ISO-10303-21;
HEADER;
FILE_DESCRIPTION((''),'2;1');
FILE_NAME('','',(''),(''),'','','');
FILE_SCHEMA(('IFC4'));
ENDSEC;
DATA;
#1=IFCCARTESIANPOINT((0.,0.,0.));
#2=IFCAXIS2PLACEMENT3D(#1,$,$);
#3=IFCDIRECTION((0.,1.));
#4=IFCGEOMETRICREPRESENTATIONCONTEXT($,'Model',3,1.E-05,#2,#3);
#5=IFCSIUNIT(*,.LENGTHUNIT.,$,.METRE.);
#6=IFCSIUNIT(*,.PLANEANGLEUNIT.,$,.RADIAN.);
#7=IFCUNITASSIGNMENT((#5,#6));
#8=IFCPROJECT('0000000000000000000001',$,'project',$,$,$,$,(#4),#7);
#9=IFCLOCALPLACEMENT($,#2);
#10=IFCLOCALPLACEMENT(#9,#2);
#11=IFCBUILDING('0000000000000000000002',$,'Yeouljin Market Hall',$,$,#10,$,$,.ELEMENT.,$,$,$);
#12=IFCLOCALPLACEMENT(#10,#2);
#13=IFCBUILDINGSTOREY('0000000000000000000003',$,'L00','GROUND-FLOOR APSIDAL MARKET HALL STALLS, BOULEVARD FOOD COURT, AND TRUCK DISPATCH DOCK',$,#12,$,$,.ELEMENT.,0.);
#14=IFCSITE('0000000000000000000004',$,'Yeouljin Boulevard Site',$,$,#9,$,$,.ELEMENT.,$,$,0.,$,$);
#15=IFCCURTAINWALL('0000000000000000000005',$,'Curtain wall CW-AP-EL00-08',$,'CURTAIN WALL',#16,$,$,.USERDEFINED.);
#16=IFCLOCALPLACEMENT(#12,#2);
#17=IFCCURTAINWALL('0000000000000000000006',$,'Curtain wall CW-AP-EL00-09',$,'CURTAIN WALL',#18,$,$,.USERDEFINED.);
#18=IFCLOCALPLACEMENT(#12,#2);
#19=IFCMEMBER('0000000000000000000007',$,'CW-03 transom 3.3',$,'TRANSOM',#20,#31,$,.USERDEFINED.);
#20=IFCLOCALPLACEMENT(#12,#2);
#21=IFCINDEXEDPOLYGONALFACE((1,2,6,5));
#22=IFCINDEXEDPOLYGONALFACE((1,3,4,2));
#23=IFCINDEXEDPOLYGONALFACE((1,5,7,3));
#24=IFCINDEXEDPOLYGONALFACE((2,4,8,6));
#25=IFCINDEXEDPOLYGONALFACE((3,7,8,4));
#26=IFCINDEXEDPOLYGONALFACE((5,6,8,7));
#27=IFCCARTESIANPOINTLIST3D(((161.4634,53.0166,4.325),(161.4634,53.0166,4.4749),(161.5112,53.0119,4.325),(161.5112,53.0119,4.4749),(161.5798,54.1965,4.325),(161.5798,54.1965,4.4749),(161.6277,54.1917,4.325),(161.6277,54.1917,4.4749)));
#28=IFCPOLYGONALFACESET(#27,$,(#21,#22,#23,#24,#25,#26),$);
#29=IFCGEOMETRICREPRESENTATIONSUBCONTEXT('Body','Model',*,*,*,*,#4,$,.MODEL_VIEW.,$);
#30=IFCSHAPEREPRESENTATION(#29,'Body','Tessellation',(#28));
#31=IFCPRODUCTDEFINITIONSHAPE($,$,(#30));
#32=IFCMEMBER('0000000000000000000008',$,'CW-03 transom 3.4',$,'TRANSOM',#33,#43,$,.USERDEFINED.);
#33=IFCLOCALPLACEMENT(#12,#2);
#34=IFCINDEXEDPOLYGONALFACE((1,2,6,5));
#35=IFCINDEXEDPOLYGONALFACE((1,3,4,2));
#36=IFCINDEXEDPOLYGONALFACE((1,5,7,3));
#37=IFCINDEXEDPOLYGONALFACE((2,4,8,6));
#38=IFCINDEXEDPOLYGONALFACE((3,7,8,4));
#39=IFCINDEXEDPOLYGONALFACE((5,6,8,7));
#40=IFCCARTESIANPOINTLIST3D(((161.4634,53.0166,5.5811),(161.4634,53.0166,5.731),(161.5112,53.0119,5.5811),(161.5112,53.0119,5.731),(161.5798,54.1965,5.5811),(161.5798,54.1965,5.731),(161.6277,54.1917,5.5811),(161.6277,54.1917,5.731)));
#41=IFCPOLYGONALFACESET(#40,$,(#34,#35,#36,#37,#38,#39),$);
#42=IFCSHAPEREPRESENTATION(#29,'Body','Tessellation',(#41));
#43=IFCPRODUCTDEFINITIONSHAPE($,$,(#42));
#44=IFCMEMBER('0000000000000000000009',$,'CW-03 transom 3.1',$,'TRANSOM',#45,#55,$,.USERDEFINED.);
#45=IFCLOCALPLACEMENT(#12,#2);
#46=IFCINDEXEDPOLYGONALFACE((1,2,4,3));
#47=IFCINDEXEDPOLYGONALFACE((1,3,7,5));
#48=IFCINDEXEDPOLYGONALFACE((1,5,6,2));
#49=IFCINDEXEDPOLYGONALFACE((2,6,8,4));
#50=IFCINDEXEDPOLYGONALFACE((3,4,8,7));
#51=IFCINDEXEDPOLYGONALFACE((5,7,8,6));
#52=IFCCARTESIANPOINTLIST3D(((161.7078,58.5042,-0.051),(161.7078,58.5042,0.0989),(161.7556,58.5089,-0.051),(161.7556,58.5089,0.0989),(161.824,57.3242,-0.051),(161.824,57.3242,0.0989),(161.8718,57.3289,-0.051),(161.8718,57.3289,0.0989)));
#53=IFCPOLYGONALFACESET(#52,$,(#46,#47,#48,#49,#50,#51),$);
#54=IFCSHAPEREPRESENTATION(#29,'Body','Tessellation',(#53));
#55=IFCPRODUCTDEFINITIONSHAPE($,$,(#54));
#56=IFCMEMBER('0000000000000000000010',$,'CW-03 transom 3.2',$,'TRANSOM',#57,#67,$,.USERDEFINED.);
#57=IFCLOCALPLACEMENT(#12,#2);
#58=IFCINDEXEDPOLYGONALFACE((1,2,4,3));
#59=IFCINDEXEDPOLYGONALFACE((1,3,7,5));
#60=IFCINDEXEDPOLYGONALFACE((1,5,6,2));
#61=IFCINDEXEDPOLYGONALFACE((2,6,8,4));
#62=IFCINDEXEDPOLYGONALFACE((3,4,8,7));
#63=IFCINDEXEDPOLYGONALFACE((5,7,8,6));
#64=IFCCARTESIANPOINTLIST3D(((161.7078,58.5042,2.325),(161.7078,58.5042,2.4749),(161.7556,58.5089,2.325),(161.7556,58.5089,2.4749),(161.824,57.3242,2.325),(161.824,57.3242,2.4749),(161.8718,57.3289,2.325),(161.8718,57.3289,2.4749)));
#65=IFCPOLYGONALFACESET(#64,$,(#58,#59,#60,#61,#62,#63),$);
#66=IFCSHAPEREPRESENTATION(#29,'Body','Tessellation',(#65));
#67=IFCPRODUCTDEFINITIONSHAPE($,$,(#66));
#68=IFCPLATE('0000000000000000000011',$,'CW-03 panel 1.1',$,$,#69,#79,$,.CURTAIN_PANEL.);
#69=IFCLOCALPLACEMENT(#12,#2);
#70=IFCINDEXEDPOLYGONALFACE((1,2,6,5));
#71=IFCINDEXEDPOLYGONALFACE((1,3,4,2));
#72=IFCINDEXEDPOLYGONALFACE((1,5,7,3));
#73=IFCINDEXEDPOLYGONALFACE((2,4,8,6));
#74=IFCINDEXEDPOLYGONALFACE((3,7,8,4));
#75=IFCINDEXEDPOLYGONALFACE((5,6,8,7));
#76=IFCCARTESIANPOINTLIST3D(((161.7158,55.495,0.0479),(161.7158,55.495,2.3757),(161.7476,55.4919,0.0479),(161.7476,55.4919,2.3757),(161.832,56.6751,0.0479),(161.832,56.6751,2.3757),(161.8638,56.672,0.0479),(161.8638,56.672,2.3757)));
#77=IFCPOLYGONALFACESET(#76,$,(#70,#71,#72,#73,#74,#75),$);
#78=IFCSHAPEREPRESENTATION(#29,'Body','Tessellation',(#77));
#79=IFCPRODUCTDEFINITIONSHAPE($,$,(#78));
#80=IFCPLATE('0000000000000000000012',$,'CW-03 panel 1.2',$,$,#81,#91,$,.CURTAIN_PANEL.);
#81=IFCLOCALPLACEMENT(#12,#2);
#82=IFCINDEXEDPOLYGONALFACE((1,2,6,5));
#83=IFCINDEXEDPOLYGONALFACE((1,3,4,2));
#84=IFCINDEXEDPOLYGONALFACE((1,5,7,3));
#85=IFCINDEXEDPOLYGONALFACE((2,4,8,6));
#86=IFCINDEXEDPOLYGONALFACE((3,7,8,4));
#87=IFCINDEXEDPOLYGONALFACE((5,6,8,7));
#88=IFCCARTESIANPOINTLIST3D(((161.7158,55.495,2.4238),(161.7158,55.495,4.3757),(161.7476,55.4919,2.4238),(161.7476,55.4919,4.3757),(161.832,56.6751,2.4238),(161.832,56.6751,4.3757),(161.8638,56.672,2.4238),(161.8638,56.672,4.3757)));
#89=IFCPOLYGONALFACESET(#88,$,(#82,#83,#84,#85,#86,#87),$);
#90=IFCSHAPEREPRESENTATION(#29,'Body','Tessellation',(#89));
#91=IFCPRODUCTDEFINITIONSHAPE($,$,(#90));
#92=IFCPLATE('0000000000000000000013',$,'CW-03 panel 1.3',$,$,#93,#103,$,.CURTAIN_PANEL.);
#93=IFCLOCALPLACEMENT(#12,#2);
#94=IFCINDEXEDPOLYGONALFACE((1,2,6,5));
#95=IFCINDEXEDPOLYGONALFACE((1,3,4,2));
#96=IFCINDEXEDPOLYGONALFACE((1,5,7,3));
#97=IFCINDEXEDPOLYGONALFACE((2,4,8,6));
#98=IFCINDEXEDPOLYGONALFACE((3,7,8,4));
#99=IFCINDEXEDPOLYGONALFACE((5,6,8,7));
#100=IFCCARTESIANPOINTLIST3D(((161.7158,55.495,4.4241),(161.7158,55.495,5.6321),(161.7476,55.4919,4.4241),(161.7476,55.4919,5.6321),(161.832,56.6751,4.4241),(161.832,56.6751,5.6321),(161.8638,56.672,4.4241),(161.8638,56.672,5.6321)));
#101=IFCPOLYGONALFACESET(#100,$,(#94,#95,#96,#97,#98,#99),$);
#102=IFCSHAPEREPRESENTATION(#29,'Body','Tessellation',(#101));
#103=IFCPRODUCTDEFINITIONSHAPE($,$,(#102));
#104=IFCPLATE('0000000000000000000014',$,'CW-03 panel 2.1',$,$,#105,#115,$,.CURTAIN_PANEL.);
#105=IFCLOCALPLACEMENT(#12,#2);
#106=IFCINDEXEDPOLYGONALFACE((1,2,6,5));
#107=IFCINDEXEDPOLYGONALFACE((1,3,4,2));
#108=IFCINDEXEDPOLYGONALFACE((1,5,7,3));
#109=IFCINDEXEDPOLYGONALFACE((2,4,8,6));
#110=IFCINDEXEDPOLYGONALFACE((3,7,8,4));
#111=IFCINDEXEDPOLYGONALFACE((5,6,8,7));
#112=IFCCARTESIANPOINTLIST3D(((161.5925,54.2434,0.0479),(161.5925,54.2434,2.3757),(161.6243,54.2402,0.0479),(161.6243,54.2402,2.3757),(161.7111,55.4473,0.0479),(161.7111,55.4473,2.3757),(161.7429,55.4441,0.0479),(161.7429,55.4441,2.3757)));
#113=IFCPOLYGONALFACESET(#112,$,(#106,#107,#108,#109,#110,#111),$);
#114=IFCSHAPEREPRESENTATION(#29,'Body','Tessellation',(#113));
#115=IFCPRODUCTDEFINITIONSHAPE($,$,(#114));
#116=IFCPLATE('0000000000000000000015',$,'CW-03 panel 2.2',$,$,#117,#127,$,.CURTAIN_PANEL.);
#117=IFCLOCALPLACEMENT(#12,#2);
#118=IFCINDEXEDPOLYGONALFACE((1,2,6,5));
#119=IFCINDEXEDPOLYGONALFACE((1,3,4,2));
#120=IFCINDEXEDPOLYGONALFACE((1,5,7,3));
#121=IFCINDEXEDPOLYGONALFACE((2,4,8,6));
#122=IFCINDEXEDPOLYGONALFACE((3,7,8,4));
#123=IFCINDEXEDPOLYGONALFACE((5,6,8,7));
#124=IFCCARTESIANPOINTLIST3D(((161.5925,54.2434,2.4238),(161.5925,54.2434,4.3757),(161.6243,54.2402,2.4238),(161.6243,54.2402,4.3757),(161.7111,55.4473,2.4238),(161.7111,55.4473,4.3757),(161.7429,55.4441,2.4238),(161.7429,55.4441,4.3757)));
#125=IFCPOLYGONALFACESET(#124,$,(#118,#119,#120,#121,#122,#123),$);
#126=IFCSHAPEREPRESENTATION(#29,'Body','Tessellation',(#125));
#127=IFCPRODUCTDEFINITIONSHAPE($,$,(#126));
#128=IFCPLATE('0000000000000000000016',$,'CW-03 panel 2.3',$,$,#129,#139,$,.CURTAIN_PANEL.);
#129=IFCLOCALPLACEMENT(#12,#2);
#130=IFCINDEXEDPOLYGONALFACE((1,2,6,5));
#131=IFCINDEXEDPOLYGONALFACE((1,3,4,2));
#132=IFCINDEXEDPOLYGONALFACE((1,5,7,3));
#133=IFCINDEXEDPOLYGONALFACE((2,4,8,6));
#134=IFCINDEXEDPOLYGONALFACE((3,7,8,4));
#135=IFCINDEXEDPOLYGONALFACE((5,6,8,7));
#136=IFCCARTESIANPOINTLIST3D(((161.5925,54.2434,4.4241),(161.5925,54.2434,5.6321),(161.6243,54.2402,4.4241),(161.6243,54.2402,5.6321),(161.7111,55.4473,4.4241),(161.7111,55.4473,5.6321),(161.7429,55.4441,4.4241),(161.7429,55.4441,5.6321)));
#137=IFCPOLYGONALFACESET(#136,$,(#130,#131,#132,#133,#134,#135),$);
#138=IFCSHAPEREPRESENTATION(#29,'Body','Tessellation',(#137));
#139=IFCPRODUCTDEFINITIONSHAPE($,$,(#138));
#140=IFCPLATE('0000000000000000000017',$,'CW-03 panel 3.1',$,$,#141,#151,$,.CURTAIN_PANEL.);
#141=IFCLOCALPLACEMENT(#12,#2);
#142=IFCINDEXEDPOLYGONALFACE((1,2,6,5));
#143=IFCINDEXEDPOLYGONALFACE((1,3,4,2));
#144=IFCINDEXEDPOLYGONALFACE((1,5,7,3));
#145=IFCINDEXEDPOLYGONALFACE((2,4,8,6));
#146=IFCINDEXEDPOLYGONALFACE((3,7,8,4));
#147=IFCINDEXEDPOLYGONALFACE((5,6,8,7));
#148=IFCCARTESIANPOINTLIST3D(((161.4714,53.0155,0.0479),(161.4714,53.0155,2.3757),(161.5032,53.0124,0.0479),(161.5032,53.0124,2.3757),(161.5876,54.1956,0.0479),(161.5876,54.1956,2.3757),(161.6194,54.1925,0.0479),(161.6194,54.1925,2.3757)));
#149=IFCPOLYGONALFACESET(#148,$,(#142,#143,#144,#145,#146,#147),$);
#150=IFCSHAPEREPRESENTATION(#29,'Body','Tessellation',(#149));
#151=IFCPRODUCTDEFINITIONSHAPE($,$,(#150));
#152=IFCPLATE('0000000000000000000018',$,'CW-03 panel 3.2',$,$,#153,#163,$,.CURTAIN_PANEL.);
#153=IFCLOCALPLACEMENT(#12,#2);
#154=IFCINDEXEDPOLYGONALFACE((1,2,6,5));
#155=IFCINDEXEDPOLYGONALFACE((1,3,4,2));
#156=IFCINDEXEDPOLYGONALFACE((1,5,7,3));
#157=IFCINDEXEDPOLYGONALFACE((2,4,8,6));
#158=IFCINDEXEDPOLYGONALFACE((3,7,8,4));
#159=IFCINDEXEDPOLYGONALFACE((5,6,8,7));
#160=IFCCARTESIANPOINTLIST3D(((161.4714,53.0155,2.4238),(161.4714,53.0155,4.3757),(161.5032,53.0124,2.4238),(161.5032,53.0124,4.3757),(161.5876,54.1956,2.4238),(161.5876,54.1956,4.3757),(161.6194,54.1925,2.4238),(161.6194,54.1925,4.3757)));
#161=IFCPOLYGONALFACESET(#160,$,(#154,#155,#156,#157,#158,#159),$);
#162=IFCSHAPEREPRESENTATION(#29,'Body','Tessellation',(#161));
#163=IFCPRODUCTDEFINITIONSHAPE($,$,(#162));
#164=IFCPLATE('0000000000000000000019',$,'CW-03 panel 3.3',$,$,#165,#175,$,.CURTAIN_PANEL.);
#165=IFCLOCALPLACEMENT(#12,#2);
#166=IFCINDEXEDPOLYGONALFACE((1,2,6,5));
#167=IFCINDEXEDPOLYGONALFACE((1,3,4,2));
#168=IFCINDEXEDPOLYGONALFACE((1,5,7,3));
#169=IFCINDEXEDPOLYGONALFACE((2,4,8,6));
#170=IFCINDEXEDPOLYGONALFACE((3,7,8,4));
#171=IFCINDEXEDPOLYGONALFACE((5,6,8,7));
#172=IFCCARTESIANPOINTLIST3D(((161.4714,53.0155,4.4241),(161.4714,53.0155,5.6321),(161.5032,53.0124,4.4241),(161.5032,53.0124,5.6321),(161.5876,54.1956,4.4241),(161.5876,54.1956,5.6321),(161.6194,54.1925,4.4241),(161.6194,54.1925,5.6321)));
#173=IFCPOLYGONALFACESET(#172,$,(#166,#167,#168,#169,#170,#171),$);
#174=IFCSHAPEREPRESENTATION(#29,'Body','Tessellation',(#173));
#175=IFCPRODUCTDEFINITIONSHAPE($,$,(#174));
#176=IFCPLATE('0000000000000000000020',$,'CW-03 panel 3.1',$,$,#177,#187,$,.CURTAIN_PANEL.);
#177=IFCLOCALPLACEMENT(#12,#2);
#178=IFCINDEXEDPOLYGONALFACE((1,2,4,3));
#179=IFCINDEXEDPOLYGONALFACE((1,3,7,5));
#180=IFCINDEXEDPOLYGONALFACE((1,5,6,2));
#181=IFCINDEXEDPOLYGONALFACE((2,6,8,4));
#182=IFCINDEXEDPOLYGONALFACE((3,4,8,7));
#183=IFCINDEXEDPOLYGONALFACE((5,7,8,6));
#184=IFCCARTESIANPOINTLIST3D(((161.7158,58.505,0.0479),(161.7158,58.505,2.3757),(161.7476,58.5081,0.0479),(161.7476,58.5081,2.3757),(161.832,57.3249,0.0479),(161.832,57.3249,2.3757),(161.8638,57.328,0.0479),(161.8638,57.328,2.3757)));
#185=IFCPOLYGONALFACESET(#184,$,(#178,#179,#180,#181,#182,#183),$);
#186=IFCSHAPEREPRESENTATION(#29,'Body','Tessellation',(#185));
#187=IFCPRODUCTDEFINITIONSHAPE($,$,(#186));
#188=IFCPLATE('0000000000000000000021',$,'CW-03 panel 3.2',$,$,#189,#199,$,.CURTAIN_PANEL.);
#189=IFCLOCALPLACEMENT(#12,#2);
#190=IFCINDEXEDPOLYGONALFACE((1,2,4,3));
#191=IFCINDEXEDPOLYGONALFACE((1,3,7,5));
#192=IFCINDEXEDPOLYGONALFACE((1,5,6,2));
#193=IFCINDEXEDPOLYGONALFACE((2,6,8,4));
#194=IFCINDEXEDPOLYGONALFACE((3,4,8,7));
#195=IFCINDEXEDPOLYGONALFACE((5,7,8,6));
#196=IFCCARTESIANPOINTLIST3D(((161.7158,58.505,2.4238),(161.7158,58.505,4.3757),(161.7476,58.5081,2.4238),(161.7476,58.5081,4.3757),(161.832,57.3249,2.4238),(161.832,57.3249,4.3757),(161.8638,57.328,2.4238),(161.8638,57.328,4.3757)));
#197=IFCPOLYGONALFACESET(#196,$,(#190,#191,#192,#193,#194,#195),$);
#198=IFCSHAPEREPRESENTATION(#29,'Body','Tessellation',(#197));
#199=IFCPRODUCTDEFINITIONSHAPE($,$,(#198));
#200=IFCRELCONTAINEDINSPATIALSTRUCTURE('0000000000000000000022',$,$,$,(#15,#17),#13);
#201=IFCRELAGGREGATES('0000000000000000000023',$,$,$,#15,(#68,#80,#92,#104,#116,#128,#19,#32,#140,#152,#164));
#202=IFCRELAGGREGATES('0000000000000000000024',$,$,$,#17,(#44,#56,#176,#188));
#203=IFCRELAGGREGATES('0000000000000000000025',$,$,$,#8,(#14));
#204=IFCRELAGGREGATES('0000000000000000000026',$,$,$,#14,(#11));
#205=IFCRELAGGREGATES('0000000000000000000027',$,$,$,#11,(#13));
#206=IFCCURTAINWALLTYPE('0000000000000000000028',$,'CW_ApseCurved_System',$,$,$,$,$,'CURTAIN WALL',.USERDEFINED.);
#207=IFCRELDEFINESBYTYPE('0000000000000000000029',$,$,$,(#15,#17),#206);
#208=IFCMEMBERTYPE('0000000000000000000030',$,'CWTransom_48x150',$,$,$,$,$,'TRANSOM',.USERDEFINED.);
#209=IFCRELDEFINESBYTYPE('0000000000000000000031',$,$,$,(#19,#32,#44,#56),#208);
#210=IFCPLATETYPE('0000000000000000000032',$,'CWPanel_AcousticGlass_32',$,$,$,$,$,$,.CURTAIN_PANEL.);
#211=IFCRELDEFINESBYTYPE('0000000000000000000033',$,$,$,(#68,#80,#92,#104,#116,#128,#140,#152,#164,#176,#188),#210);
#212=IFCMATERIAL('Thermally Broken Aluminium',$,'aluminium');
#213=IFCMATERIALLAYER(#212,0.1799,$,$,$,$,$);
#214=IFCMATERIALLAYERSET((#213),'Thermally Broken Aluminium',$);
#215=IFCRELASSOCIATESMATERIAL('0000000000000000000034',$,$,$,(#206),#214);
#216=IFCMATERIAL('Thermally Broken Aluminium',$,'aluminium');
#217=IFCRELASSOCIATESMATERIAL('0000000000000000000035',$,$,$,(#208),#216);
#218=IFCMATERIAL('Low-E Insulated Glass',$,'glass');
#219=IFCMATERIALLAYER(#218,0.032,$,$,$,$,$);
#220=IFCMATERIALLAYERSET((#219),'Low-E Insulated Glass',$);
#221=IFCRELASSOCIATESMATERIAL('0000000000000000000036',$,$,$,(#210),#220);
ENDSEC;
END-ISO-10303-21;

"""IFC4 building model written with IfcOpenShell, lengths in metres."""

from ifc_helpers import new_model, si_unit, direction, frame, origin, origin_2d, place, context, subcontext, project, spatial, rectangle, extrude, material, layer, layer_set, material_profile, profile_set, type_object, element, aggregate, save


model = new_model("IFC4")

# Units and contexts
model_context = context("Model", 3, precision=1e-05, world=origin(), true_north=direction((0.0, 1.0)))
body_context = subcontext(model_context, "Body", "Model", "MODEL_VIEW")
ifc_project = project(units=[si_unit("LENGTHUNIT", "METRE"), si_unit("PLANEANGLEUNIT", "RADIAN")], contexts=[model_context])

# Site, building, storey
site_placement = place(None, origin())
site = spatial("IfcSite", under=ifc_project, at=site_placement, Name="Yeouljin Boulevard Site", CompositionType="ELEMENT", RefElevation=0.0)
building_placement = place(site_placement, origin())
building = spatial("IfcBuilding", under=site, at=building_placement, Name="Yeouljin Market Hall", CompositionType="ELEMENT")
storey_placement = place(building_placement, origin())
storey = spatial("IfcBuildingStorey", under=building, at=storey_placement, Name="L00", Description="GROUND-FLOOR APSIDAL MARKET HALL STALLS, BOULEVARD FOOD COURT, AND TRUCK DISPATCH DOCK", CompositionType="ELEMENT", Elevation=0.0)

# Curtain wall
ifc_material_1 = material(Name="Thermally Broken Aluminium", Category="aluminium")
ifc_layer_1 = layer(ifc_material_1, 0.1799)
ifc_layer_set_1 = layer_set([ifc_layer_1], Name="Thermally Broken Aluminium")
curtain_wall_type = type_object("IfcCurtainWallType", Name="CW_ApseCurved_System", ElementType="CURTAIN WALL", PredefinedType="USERDEFINED", material=ifc_layer_set_1)
curtain_wall_1_placement = place(storey_placement, origin())
curtain_wall_1 = element("IfcCurtainWall", 1, at=curtain_wall_1_placement, inside=storey, type_object=curtain_wall_type, Name="Curtain wall CW-AP-EL00-08", ObjectType="CURTAIN WALL", PredefinedType="USERDEFINED")

# Curtain wall
curtain_wall_2_placement = place(storey_placement, origin())
curtain_wall_2 = element("IfcCurtainWall", 2, at=curtain_wall_2_placement, inside=storey, type_object=curtain_wall_type, Name="Curtain wall CW-AP-EL00-09", ObjectType="CURTAIN WALL", PredefinedType="USERDEFINED")

# Members
ifc_material_2 = material(Name="Thermally Broken Aluminium", Category="aluminium")
ifc_material_profile_1 = material_profile(ifc_material_2, rectangle(XDim=0.0481, YDim=0.1499, at=origin_2d()), Name="CW-TRAN-48x150")
ifc_profile_set_1 = profile_set([ifc_material_profile_1], Name="Thermally Broken Aluminium")
member_type_1 = type_object("IfcMemberType", Name="CWTransom_48x150", ElementType="TRANSOM", PredefinedType="USERDEFINED", material=ifc_profile_set_1)
member_1_placement = place(storey_placement, frame((161.6038, 54.1941, 4.3999), z_axis=(-0.098219, -0.995165, 0.0), x_axis=(0.995165, -0.098219, 0.0)))
member_1 = element("IfcMember", 3, at=member_1_placement, type_object=member_type_1, Name="CW-03 transom 3.3", ObjectType="TRANSOM", PredefinedType="USERDEFINED", context=body_context, shape_type="SweptSolid", body=[
    extrude(rectangle(XDim=0.0481, YDim=0.1499, at=origin_2d()), origin(), (0.0, 0.0, 1.0), 1.1855),
])
member_2_placement = place(storey_placement, frame((161.6038, 54.1941, 5.656), z_axis=(-0.098219, -0.995165, 0.0), x_axis=(0.995165, -0.098219, 0.0)))
member_2 = element("IfcMember", 4, at=member_2_placement, type_object=member_type_1, Name="CW-03 transom 3.4", ObjectType="TRANSOM", PredefinedType="USERDEFINED", context=body_context, shape_type="SweptSolid", body=[
    extrude(rectangle(XDim=0.0481, YDim=0.1499, at=origin_2d()), origin(), (0.0, 0.0, 1.0), 1.1855),
])
member_3_placement = place(storey_placement, frame((161.7317, 58.5066, 0.0239), z_axis=(0.097995, -0.995187, 0.0), x_axis=(0.995187, 0.097995, 0.0)))
member_3 = element("IfcMember", 5, at=member_3_placement, type_object=member_type_1, Name="CW-03 transom 3.1", ObjectType="TRANSOM", PredefinedType="USERDEFINED", context=body_context, shape_type="SweptSolid", body=[
    extrude(rectangle(XDim=0.0481, YDim=0.1499, at=origin_2d()), origin(), (0.0, 0.0, 1.0), 1.1858),
])
member_4_placement = place(storey_placement, frame((161.7317, 58.5066, 2.3999), z_axis=(0.097995, -0.995187, 0.0), x_axis=(0.995187, 0.097995, 0.0)))
member_4 = element("IfcMember", 6, at=member_4_placement, type_object=member_type_1, Name="CW-03 transom 3.2", ObjectType="TRANSOM", PredefinedType="USERDEFINED", context=body_context, shape_type="SweptSolid", body=[
    extrude(rectangle(XDim=0.0481, YDim=0.1499, at=origin_2d()), origin(), (0.0, 0.0, 1.0), 1.1858),
])

# Plates
ifc_material_3 = material(Name="Low-E Insulated Glass", Category="glass")
ifc_layer_2 = layer(ifc_material_3, 0.032)
ifc_layer_set_2 = layer_set([ifc_layer_2], Name="Low-E Insulated Glass")
plate_type = type_object("IfcPlateType", Name="CWPanel_AcousticGlass_32", PredefinedType="CURTAIN_PANEL", material=ifc_layer_set_2)
plate_1_placement = place(storey_placement, frame((161.7898, 56.0835, 0.0479), z_axis=(0.0, 0.0, 1.0), x_axis=(-0.098034, -0.995183, 0.0)))
plate_1 = element("IfcPlate", 7, at=plate_1_placement, type_object=plate_type, Name="CW-03 panel 1.1", PredefinedType="CURTAIN_PANEL", context=body_context, shape_type="SweptSolid", body=[
    extrude(rectangle(XDim=1.1858, YDim=0.032, at=origin_2d()), origin(), (0.0, 0.0, 1.0), 2.3279),
])
plate_2_placement = place(storey_placement, frame((161.7898, 56.0835, 2.4238), z_axis=(0.0, 0.0, 1.0), x_axis=(-0.098034, -0.995183, 0.0)))
plate_2 = element("IfcPlate", 8, at=plate_2_placement, type_object=plate_type, Name="CW-03 panel 1.2", PredefinedType="CURTAIN_PANEL", context=body_context, shape_type="SweptSolid", body=[
    extrude(rectangle(XDim=1.1858, YDim=0.032, at=origin_2d()), origin(), (0.0, 0.0, 1.0), 1.9519),
])
plate_3_placement = place(storey_placement, frame((161.7898, 56.0835, 4.4241), z_axis=(0.0, 0.0, 1.0), x_axis=(-0.098034, -0.995183, 0.0)))
plate_3 = element("IfcPlate", 9, at=plate_3_placement, type_object=plate_type, Name="CW-03 panel 1.3", PredefinedType="CURTAIN_PANEL", context=body_context, shape_type="SweptSolid", body=[
    extrude(rectangle(XDim=1.1858, YDim=0.032, at=origin_2d()), origin(), (0.0, 0.0, 1.0), 1.208),
])
plate_4_placement = place(storey_placement, frame((161.6677, 54.8438, 0.0479), z_axis=(0.0, 0.0, 1.0), x_axis=(-0.098034, -0.995183, 0.0)))
plate_4 = element("IfcPlate", 10, at=plate_4_placement, type_object=plate_type, Name="CW-03 panel 2.1", PredefinedType="CURTAIN_PANEL", context=body_context, shape_type="SweptSolid", body=[
    extrude(rectangle(XDim=1.2097, YDim=0.032, at=origin_2d()), origin(), (0.0, 0.0, 1.0), 2.3279),
])
plate_5_placement = place(storey_placement, frame((161.6677, 54.8438, 2.4238), z_axis=(0.0, 0.0, 1.0), x_axis=(-0.098034, -0.995183, 0.0)))
plate_5 = element("IfcPlate", 11, at=plate_5_placement, type_object=plate_type, Name="CW-03 panel 2.2", PredefinedType="CURTAIN_PANEL", context=body_context, shape_type="SweptSolid", body=[
    extrude(rectangle(XDim=1.2097, YDim=0.032, at=origin_2d()), origin(), (0.0, 0.0, 1.0), 1.9519),
])
plate_6_placement = place(storey_placement, frame((161.6677, 54.8438, 4.4241), z_axis=(0.0, 0.0, 1.0), x_axis=(-0.098034, -0.995183, 0.0)))
plate_6 = element("IfcPlate", 12, at=plate_6_placement, type_object=plate_type, Name="CW-03 panel 2.3", PredefinedType="CURTAIN_PANEL", context=body_context, shape_type="SweptSolid", body=[
    extrude(rectangle(XDim=1.2097, YDim=0.032, at=origin_2d()), origin(), (0.0, 0.0, 1.0), 1.208),
])
plate_7_placement = place(storey_placement, frame((161.5454, 53.604, 0.0479), z_axis=(0.0, 0.0, 1.0), x_axis=(-0.098034, -0.995183, 0.0)))
plate_7 = element("IfcPlate", 13, at=plate_7_placement, type_object=plate_type, Name="CW-03 panel 3.1", PredefinedType="CURTAIN_PANEL", context=body_context, shape_type="SweptSolid", body=[
    extrude(rectangle(XDim=1.1858, YDim=0.032, at=origin_2d()), origin(), (0.0, 0.0, 1.0), 2.3279),
])
plate_8_placement = place(storey_placement, frame((161.5454, 53.604, 2.4238), z_axis=(0.0, 0.0, 1.0), x_axis=(-0.098034, -0.995183, 0.0)))
plate_8 = element("IfcPlate", 14, at=plate_8_placement, type_object=plate_type, Name="CW-03 panel 3.2", PredefinedType="CURTAIN_PANEL", context=body_context, shape_type="SweptSolid", body=[
    extrude(rectangle(XDim=1.1858, YDim=0.032, at=origin_2d()), origin(), (0.0, 0.0, 1.0), 1.9519),
])
plate_9_placement = place(storey_placement, frame((161.5454, 53.604, 4.4241), z_axis=(0.0, 0.0, 1.0), x_axis=(-0.098034, -0.995183, 0.0)))
plate_9 = element("IfcPlate", 15, at=plate_9_placement, type_object=plate_type, Name="CW-03 panel 3.3", PredefinedType="CURTAIN_PANEL", context=body_context, shape_type="SweptSolid", body=[
    extrude(rectangle(XDim=1.1858, YDim=0.032, at=origin_2d()), origin(), (0.0, 0.0, 1.0), 1.208),
])
aggregate(curtain_wall_1, [plate_1, plate_2, plate_3, plate_4, plate_5, plate_6, member_1, member_2, plate_7, plate_8, plate_9])
plate_10_placement = place(storey_placement, frame((161.7898, 57.9165, 0.0479), z_axis=(0.0, 0.0, 1.0), x_axis=(0.098034, -0.995183, 0.0)))
plate_10 = element("IfcPlate", 16, at=plate_10_placement, type_object=plate_type, Name="CW-03 panel 3.1", PredefinedType="CURTAIN_PANEL", context=body_context, shape_type="SweptSolid", body=[
    extrude(rectangle(XDim=1.1858, YDim=0.032, at=origin_2d()), origin(), (0.0, 0.0, 1.0), 2.3279),
])
plate_11_placement = place(storey_placement, frame((161.7898, 57.9165, 2.4238), z_axis=(0.0, 0.0, 1.0), x_axis=(0.098034, -0.995183, 0.0)))
plate_11 = element("IfcPlate", 17, at=plate_11_placement, type_object=plate_type, Name="CW-03 panel 3.2", PredefinedType="CURTAIN_PANEL", context=body_context, shape_type="SweptSolid", body=[
    extrude(rectangle(XDim=1.1858, YDim=0.032, at=origin_2d()), origin(), (0.0, 0.0, 1.0), 1.9519),
])
aggregate(curtain_wall_2, [member_3, member_4, plate_10, plate_11])

save(model, "model.ifc")
